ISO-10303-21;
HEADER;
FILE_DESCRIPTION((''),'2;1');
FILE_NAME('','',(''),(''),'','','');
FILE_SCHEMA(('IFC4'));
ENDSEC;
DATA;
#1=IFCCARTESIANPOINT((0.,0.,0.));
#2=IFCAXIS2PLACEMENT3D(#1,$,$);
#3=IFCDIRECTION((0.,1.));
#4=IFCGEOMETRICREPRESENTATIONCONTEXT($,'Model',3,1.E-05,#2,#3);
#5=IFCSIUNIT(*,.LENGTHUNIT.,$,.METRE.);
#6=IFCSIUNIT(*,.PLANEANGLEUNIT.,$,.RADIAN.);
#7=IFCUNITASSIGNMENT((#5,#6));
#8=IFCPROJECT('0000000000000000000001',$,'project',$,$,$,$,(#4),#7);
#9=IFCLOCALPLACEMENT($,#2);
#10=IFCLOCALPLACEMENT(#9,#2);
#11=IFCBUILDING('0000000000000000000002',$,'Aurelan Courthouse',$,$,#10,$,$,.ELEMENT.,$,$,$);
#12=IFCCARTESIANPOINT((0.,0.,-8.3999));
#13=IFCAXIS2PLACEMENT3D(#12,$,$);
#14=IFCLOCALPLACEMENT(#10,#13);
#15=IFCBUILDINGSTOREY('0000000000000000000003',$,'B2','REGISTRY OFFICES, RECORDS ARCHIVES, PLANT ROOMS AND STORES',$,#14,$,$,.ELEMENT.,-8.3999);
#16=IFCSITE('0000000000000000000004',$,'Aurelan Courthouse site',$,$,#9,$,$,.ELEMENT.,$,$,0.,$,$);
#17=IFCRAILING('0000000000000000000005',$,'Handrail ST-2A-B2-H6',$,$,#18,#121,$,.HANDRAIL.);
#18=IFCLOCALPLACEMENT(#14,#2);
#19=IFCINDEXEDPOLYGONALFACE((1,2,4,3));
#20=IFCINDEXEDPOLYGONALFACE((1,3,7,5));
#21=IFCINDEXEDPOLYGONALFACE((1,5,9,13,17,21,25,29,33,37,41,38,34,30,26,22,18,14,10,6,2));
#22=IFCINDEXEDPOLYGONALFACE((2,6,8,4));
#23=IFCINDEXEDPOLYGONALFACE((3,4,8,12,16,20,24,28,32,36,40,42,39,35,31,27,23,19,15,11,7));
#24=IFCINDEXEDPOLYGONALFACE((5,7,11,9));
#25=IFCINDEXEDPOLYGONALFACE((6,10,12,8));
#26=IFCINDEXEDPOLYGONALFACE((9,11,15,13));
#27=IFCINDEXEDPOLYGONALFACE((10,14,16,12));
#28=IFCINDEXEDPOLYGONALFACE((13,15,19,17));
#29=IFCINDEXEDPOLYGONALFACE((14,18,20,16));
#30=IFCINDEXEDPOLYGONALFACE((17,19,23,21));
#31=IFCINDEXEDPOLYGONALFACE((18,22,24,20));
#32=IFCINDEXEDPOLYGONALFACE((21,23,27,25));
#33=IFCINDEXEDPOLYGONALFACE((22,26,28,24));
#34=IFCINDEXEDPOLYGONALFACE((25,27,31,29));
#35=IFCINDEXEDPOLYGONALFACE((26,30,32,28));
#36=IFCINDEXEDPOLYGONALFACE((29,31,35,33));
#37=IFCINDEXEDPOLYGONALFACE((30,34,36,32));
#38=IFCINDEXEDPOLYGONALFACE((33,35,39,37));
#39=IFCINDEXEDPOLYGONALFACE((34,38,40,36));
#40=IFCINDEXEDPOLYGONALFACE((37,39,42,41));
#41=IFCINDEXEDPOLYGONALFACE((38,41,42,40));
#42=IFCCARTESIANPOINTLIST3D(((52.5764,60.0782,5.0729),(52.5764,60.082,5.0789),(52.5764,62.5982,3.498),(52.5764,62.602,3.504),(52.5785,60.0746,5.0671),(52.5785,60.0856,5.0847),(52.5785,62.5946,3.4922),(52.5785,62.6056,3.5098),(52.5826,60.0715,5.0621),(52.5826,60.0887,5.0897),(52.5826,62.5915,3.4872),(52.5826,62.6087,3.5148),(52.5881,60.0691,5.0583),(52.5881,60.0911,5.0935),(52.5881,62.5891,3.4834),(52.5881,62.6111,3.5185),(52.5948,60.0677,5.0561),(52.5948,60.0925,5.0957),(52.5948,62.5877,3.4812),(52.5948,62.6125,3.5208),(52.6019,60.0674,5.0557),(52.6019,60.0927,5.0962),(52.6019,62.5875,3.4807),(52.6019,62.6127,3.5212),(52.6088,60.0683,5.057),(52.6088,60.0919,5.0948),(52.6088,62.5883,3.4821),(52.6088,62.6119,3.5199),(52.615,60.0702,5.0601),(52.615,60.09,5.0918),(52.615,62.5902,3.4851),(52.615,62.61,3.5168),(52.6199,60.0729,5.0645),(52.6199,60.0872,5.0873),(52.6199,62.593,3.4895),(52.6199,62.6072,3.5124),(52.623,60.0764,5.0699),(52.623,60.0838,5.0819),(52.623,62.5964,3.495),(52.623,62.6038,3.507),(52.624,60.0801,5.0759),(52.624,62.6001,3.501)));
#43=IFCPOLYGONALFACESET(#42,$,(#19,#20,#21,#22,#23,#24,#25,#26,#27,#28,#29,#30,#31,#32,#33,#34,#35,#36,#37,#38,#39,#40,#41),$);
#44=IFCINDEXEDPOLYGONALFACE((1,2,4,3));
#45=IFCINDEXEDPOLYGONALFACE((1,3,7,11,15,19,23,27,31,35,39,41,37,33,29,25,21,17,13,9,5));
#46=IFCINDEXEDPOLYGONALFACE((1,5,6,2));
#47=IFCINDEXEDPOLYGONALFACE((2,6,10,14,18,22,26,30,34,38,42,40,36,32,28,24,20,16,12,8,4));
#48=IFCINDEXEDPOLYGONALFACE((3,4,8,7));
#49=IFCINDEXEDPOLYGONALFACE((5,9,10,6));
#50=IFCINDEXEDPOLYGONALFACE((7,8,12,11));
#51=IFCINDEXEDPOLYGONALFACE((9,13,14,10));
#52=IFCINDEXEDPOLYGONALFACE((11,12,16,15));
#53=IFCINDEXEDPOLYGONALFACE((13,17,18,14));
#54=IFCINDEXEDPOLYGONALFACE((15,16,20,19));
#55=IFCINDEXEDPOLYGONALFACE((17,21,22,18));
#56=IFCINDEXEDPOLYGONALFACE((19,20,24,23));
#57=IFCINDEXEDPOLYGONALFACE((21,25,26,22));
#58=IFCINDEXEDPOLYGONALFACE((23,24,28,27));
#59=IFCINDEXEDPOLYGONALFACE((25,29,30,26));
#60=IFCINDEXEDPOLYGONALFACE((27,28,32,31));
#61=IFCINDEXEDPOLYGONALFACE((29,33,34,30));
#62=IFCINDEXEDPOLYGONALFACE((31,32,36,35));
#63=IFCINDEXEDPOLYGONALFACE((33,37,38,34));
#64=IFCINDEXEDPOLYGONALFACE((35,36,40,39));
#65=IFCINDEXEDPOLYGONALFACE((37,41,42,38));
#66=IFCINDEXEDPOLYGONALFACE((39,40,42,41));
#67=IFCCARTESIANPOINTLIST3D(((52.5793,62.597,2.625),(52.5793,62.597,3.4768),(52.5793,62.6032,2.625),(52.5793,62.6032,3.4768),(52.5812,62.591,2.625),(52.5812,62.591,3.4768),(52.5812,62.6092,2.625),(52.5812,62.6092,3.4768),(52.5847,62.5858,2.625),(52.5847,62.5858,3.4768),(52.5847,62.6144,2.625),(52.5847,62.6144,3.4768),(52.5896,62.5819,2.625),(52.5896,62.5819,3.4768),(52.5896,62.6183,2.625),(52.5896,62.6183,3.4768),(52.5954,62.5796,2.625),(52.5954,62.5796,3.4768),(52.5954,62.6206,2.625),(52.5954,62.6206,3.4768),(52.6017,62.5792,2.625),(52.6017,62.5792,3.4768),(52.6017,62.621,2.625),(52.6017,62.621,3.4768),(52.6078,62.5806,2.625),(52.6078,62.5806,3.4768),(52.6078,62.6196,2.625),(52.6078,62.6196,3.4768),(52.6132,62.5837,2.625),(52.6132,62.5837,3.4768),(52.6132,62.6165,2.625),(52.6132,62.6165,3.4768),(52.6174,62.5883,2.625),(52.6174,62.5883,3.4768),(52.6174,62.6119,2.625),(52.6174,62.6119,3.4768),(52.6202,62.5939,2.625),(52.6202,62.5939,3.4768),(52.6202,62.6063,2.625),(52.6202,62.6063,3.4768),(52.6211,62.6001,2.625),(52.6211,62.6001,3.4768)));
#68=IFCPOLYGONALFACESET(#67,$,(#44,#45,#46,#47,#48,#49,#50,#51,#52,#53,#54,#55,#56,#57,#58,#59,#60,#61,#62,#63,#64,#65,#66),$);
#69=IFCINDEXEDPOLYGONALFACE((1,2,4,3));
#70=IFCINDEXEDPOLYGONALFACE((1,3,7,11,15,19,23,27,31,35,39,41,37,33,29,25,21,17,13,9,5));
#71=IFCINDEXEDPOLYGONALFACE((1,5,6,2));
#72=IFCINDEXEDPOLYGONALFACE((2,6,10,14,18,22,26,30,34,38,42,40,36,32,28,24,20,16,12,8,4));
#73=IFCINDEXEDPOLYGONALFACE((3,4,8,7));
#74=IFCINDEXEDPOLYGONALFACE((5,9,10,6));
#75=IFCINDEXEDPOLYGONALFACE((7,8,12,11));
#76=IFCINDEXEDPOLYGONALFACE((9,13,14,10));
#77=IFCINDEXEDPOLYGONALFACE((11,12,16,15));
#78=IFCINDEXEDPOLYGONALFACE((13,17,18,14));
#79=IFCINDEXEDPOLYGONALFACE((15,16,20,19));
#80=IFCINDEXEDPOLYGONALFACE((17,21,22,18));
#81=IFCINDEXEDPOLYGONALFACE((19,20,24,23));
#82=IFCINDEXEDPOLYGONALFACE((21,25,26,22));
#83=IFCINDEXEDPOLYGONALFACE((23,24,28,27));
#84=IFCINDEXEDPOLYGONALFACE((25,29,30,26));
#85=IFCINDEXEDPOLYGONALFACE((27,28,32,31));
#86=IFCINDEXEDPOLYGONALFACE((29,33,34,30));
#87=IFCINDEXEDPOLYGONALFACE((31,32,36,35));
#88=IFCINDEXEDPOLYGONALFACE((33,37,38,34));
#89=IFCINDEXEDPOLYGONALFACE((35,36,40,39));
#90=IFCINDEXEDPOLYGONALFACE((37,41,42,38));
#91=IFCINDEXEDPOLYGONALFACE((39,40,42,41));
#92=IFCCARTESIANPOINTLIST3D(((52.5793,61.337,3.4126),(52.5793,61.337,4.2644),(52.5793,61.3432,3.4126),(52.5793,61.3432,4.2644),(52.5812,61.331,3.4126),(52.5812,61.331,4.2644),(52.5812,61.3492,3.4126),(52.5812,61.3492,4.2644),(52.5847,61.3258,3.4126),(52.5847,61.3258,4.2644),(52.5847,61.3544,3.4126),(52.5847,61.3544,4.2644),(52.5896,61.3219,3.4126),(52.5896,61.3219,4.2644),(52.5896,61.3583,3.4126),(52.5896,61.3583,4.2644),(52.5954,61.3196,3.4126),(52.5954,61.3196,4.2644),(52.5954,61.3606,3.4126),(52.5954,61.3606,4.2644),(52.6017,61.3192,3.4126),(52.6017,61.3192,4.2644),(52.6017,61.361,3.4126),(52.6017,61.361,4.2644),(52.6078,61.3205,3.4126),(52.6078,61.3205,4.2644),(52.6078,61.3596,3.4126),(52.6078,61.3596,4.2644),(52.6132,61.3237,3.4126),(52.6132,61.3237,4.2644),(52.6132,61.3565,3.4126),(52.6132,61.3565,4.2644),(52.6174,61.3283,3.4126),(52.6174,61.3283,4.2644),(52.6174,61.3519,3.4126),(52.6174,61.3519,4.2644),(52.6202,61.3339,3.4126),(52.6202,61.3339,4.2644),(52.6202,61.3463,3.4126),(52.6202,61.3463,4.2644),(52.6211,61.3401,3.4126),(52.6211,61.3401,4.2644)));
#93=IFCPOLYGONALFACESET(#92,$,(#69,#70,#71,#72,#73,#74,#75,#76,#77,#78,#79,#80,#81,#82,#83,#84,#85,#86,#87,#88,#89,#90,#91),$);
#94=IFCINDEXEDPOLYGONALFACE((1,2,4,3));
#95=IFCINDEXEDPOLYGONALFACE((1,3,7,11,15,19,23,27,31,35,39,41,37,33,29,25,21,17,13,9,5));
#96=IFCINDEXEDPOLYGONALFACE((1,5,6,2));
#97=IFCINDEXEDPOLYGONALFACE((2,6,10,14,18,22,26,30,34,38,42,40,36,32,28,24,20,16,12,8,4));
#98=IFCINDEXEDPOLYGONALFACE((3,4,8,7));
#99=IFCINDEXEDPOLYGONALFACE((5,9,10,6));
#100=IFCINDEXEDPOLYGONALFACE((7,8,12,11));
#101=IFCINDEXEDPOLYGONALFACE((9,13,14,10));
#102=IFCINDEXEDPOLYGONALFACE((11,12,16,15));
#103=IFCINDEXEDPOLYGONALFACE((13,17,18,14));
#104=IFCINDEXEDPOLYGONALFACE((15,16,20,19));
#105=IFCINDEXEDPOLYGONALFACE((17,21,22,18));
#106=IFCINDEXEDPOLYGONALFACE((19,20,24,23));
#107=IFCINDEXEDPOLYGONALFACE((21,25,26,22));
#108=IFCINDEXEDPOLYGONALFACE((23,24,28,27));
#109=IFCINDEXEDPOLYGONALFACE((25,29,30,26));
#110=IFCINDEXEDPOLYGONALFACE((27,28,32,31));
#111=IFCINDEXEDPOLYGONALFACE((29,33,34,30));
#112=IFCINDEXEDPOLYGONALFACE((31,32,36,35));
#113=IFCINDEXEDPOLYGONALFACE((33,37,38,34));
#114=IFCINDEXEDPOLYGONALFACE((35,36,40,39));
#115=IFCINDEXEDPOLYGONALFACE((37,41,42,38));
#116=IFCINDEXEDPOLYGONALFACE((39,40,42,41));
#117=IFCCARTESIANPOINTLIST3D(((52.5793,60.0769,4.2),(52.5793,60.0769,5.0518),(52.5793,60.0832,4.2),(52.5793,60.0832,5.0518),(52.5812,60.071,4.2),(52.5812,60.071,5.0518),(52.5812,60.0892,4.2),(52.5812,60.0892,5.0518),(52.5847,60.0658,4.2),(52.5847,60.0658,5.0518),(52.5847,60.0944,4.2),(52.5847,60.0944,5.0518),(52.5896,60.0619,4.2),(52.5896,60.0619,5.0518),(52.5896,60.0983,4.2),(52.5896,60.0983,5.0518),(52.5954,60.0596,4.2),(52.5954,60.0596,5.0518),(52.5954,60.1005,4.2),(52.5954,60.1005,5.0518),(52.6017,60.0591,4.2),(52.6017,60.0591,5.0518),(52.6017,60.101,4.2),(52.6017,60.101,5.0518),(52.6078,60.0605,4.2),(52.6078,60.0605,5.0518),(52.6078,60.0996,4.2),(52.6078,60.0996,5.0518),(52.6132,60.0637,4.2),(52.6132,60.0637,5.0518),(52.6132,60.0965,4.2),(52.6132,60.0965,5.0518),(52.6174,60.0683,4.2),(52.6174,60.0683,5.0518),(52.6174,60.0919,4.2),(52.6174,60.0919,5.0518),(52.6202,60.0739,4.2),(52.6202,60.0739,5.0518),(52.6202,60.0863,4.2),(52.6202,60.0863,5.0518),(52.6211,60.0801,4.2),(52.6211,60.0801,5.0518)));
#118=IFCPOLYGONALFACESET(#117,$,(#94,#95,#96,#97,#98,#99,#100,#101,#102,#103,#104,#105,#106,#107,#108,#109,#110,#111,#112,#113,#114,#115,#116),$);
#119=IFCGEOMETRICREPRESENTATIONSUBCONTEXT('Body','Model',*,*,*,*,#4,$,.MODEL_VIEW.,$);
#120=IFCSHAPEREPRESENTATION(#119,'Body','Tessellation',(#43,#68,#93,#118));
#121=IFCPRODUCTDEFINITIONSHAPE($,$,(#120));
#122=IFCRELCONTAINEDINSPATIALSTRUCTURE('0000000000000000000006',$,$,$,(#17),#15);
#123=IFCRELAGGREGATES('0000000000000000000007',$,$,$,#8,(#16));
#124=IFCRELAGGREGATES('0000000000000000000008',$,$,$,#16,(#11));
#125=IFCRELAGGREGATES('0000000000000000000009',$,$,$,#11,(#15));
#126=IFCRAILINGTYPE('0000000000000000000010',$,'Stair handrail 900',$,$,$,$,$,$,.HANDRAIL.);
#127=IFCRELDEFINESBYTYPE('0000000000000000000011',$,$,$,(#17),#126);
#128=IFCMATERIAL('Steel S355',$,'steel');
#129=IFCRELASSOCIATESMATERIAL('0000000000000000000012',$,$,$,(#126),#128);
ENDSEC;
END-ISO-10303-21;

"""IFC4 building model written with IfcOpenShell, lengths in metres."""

from ifc_helpers import new_model, si_unit, direction, frame, origin, origin_2d, place, context, subcontext, project, spatial, circle, extrude, material, type_object, element, save


model = new_model("IFC4")

# Units and contexts
model_context = context("Model", 3, precision=1e-05, world=origin(), true_north=direction((0.0, 1.0)))
body_context = subcontext(model_context, "Body", "Model", "MODEL_VIEW")
ifc_project = project(units=[si_unit("LENGTHUNIT", "METRE"), si_unit("PLANEANGLEUNIT", "RADIAN")], contexts=[model_context])

# Site, building, storey
site_placement = place(None, origin())
site = spatial("IfcSite", under=ifc_project, at=site_placement, Name="Aurelan Courthouse site", CompositionType="ELEMENT", RefElevation=0.0)
building_placement = place(site_placement, origin())
building = spatial("IfcBuilding", under=site, at=building_placement, Name="Aurelan Courthouse", CompositionType="ELEMENT")
storey_placement = place(building_placement, frame((0.0, 0.0, -8.3999)))
storey = spatial("IfcBuildingStorey", under=building, at=storey_placement, Name="B2", Description="REGISTRY OFFICES, RECORDS ARCHIVES, PLANT ROOMS AND STORES", CompositionType="ELEMENT", Elevation=-8.3999)

# Railing
ifc_material_1 = material(Name="Steel S355", Category="steel")
railing_type_1 = type_object("IfcRailingType", Name="Stair handrail 900", PredefinedType="HANDRAIL", material=ifc_material_1)
for number, where, name in (
    (1, (52.6001, 62.6001, 2.625), "Handrail ST-2A-B2-H6"),
):
    element("IfcRailing", number, at=place(storey_placement, frame(where)), inside=storey, type_object=railing_type_1, Name=name, PredefinedType="HANDRAIL", context=body_context, shape_type="SweptSolid", body=[
        extrude(circle(Radius=0.0239, at=origin_2d()), frame((0.0, 0.0, 0.876), z_axis=(0.0, -0.848008, 0.529984), x_axis=(1.0, 0.0, 0.0)), (0.0, 0.0, 1.0), 2.9717),
        extrude(circle(Radius=0.021, at=origin_2d()), origin(), (0.0, 0.0, 1.0), 0.8518),
        extrude(circle(Radius=0.021, at=origin_2d()), frame((0.0, -1.26, 0.7876)), (0.0, 0.0, 1.0), 0.8518),
        extrude(circle(Radius=0.021, at=origin_2d()), frame((0.0, -2.52, 1.575)), (0.0, 0.0, 1.0), 0.8518),
    ])

save(model, "model.ifc")
